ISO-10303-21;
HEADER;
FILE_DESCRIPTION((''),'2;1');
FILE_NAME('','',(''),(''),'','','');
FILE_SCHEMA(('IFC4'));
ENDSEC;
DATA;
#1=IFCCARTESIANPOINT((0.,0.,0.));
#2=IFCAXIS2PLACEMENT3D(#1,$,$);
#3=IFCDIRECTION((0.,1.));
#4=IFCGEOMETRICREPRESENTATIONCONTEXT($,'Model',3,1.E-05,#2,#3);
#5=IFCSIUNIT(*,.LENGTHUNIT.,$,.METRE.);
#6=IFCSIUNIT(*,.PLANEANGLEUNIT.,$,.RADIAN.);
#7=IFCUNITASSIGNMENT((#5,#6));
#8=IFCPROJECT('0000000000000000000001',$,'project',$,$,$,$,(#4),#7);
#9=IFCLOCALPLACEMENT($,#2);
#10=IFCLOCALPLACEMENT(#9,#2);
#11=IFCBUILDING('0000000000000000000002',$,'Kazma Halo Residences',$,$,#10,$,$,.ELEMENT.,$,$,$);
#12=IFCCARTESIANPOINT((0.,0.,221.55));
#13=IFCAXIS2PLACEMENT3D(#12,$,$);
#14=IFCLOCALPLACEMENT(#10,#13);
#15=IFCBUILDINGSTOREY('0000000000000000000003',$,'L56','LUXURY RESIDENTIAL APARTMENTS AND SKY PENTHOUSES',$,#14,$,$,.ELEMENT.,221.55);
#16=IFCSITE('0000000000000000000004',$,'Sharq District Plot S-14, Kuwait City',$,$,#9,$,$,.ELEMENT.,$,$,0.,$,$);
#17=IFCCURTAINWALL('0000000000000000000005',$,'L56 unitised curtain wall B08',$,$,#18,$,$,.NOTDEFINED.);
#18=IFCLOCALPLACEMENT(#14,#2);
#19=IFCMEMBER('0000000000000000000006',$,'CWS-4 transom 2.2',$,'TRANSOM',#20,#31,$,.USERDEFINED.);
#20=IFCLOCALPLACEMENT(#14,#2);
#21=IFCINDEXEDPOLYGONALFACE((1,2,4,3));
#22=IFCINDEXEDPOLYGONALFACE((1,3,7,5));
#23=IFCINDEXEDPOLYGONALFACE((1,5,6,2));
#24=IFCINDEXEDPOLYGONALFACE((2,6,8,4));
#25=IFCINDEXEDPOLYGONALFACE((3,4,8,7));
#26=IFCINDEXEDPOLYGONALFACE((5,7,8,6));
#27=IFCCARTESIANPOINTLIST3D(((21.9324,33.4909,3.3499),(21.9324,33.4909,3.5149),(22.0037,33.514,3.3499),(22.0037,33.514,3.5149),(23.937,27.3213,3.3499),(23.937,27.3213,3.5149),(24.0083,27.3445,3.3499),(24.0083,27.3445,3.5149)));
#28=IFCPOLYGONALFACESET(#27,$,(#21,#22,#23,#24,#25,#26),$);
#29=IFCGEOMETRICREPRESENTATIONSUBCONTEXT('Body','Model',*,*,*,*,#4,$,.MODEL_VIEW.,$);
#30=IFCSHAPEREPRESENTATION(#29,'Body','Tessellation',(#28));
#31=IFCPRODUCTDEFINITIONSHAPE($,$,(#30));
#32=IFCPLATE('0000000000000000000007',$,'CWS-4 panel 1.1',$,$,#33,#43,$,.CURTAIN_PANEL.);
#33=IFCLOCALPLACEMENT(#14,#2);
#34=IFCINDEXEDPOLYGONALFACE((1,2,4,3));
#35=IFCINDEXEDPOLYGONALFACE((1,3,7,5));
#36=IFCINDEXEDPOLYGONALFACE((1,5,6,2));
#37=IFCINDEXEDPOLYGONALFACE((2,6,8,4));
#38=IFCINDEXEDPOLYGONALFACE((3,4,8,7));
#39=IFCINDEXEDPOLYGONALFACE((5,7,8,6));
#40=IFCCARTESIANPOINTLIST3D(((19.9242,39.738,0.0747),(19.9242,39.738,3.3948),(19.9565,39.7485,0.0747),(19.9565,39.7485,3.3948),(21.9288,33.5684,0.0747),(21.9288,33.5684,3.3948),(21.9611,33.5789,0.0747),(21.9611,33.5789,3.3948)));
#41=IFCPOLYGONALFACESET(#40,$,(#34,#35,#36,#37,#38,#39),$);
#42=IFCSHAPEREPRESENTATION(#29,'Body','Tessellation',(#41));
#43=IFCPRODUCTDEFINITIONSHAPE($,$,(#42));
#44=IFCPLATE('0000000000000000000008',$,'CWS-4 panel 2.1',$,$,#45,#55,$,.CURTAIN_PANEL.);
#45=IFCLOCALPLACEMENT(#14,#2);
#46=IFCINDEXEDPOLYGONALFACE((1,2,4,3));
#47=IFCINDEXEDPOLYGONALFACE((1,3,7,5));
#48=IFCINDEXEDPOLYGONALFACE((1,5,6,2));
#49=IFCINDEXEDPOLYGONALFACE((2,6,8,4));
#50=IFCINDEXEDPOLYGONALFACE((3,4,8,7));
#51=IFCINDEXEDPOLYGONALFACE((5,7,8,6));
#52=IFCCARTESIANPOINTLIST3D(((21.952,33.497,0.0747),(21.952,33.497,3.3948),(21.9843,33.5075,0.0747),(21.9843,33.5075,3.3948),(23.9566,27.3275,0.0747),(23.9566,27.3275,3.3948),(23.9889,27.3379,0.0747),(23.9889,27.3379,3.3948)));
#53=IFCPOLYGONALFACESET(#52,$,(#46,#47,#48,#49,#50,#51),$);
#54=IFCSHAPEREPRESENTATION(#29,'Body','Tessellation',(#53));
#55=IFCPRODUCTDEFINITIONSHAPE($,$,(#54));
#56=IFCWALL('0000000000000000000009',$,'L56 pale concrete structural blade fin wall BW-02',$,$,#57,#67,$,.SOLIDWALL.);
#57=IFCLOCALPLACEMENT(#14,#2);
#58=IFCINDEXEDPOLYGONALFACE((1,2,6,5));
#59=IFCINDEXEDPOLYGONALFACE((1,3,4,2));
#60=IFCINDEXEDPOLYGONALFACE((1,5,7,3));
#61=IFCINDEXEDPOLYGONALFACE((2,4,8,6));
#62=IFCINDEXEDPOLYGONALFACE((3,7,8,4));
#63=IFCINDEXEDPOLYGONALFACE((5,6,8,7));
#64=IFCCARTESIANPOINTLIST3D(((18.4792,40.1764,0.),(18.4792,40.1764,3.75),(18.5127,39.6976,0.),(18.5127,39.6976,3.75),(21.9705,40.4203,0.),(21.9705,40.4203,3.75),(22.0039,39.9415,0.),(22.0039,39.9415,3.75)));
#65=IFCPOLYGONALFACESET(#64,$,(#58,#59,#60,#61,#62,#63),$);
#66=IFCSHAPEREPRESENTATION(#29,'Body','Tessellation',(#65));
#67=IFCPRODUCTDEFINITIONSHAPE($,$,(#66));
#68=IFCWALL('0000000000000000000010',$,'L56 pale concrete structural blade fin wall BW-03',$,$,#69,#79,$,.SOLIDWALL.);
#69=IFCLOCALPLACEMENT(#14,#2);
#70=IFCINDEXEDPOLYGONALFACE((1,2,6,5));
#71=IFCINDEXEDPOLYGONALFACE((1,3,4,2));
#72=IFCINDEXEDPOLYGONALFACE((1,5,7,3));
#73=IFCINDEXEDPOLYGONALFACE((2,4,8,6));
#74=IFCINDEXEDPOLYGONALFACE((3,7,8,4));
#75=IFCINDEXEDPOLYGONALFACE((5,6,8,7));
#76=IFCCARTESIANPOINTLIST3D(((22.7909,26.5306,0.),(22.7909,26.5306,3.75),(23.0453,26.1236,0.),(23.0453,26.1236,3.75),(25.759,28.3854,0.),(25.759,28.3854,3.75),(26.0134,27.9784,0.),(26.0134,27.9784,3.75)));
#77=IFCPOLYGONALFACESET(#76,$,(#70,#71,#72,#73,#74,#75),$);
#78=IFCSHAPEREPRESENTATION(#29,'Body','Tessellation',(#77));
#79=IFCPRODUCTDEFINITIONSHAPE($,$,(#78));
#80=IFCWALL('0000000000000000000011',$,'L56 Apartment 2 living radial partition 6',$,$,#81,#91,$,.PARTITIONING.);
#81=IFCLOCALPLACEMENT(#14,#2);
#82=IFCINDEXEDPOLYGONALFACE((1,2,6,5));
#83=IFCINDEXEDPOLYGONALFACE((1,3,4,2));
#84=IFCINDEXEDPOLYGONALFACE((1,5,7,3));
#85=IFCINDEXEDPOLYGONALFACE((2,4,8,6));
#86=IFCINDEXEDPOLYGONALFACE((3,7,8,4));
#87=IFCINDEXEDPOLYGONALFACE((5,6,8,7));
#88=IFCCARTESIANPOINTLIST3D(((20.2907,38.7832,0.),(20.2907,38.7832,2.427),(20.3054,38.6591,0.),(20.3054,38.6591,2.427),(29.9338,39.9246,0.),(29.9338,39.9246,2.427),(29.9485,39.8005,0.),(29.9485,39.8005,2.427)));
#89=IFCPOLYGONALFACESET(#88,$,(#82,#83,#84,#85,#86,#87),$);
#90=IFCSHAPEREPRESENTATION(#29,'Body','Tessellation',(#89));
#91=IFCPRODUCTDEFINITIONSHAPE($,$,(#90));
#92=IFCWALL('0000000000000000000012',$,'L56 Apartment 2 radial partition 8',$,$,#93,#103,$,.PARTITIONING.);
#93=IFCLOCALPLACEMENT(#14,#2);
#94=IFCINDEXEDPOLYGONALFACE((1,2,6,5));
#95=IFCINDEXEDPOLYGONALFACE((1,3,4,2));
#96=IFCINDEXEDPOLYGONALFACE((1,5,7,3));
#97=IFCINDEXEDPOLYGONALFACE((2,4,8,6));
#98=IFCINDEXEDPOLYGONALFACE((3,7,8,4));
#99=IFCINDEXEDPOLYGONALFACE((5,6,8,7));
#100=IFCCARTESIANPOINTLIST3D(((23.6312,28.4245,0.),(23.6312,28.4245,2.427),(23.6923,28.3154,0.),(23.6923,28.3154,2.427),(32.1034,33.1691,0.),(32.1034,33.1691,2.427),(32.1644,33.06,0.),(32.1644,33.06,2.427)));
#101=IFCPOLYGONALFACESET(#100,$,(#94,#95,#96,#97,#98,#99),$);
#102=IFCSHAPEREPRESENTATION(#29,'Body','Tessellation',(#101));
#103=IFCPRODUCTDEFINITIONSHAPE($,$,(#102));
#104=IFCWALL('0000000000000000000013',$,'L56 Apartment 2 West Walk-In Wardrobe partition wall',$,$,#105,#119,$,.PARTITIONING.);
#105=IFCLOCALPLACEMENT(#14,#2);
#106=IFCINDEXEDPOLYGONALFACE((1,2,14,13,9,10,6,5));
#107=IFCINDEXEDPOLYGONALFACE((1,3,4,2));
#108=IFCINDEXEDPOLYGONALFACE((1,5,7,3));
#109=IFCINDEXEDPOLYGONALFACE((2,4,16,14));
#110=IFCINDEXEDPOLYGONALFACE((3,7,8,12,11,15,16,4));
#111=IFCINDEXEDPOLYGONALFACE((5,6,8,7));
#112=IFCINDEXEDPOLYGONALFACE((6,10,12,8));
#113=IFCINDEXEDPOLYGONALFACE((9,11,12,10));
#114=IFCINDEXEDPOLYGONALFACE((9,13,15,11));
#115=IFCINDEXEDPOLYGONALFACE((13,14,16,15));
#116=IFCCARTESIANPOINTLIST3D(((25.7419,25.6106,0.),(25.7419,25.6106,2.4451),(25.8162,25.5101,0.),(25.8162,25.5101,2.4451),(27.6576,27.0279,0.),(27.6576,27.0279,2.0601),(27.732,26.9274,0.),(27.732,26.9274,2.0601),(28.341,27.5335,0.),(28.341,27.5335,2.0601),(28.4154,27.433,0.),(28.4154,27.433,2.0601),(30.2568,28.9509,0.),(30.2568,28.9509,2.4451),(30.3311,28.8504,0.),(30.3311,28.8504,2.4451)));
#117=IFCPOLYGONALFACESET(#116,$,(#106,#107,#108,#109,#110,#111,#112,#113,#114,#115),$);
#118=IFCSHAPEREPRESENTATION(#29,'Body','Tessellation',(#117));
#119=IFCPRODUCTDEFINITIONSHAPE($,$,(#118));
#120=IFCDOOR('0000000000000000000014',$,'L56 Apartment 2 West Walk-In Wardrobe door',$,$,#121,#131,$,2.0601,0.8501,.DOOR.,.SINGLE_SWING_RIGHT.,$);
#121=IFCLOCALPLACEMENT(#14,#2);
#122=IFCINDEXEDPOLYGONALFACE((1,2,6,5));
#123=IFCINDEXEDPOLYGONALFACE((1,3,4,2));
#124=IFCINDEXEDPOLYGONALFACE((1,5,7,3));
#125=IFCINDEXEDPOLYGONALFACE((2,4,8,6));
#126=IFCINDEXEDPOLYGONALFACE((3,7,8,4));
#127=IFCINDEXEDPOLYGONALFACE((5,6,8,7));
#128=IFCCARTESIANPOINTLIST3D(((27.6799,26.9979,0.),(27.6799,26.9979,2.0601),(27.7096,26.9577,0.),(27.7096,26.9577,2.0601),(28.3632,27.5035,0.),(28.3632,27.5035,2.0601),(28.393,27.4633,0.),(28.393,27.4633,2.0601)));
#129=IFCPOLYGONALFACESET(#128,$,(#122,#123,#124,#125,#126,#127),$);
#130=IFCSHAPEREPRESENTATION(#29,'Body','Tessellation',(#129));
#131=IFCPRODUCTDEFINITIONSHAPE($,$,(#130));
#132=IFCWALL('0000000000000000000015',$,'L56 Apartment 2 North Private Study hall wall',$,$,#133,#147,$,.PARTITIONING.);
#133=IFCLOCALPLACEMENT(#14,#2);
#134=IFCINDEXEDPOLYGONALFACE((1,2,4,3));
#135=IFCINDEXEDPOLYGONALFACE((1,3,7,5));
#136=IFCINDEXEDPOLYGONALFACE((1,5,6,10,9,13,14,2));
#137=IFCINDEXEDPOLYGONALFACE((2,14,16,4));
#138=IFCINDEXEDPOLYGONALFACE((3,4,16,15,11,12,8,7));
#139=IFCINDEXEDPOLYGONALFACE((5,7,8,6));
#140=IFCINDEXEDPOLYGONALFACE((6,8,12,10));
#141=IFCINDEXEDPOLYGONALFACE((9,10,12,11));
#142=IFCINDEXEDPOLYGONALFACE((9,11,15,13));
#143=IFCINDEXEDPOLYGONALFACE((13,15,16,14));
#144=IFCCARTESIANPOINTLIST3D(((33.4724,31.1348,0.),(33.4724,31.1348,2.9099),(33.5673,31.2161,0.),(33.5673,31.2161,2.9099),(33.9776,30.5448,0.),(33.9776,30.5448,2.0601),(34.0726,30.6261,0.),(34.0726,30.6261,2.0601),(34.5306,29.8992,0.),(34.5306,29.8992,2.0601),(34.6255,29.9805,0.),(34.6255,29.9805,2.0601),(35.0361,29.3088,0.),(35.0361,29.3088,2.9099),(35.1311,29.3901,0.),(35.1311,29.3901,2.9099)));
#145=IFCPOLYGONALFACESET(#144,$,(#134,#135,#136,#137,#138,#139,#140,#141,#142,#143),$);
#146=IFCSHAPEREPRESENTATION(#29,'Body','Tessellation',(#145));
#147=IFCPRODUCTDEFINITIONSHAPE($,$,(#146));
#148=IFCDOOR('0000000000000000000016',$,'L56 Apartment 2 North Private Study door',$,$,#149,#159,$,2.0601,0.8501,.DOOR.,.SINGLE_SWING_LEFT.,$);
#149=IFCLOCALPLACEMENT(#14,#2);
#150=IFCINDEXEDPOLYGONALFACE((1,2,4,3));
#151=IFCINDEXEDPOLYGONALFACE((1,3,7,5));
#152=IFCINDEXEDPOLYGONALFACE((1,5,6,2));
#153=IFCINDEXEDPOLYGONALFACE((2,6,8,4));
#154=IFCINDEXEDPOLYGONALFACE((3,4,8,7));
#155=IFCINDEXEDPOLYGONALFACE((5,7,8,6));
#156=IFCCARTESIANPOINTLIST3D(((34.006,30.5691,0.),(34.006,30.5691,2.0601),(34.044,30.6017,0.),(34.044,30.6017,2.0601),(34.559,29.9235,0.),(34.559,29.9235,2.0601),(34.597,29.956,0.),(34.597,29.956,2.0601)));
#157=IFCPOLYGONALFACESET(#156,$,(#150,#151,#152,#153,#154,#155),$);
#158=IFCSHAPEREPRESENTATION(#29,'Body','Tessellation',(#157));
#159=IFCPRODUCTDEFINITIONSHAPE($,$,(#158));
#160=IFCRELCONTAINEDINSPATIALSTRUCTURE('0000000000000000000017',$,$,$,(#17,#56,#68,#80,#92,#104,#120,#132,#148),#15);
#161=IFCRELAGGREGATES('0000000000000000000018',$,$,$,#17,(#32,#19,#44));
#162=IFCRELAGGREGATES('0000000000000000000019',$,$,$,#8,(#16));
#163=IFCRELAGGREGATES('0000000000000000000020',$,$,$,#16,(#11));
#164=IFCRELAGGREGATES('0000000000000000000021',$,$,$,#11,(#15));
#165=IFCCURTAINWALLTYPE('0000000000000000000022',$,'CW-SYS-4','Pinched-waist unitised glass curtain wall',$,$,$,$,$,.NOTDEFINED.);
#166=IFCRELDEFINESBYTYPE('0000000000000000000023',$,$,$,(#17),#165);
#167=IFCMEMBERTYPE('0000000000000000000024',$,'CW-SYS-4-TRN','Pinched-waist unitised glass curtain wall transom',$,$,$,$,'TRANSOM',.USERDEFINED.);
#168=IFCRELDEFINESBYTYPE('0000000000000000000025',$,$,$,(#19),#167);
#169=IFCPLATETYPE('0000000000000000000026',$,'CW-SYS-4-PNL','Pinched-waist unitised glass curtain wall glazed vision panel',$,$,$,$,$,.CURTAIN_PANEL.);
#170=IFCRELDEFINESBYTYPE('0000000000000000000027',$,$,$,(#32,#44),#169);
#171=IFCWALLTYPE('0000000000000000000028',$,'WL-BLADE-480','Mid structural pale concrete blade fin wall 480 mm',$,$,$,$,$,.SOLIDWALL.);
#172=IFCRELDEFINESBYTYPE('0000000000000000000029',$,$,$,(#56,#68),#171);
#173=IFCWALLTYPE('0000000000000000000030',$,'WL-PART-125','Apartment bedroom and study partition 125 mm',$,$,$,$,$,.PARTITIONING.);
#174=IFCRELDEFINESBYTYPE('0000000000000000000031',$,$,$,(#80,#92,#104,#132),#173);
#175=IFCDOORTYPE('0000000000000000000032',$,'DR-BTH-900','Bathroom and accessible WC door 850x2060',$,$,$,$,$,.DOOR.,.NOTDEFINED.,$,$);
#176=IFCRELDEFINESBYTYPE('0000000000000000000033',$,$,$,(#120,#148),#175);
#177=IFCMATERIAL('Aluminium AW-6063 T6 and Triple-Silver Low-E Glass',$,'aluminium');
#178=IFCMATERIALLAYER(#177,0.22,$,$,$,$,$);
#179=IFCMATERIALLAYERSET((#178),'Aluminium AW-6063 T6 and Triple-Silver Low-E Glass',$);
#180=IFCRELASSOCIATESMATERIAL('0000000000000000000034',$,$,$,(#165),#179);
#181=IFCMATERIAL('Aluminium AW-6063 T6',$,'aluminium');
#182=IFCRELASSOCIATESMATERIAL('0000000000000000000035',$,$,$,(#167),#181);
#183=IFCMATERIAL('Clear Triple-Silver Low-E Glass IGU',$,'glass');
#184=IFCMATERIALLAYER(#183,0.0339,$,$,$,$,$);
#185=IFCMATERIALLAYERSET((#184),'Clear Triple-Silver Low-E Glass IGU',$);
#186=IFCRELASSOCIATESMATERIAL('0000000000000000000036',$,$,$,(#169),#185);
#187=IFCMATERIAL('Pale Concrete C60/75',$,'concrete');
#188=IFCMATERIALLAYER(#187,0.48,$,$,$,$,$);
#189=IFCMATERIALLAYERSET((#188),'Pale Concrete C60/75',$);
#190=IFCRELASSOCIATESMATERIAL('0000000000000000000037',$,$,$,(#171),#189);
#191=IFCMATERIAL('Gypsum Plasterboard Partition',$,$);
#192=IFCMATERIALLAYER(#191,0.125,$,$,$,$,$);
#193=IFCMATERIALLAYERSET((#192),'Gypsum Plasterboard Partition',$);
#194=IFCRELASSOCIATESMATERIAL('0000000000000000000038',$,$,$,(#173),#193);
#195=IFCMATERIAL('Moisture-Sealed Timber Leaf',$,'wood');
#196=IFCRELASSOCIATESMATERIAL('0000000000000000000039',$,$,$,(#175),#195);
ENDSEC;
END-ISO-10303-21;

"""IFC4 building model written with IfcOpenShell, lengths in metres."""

from ifc_helpers import new_model, si_unit, direction, frame, frame_2d, origin, origin_2d, place, context, subcontext, project, spatial, rectangle, extrude, material, layer, layer_set, material_profile, profile_set, type_object, element, fill, aggregate, save


model = new_model("IFC4")

# Units and contexts
model_context = context("Model", 3, precision=1e-05, world=origin(), true_north=direction((0.0, 1.0)))
body_context = subcontext(model_context, "Body", "Model", "MODEL_VIEW")
ifc_project = project(units=[si_unit("LENGTHUNIT", "METRE"), si_unit("PLANEANGLEUNIT", "RADIAN")], contexts=[model_context])

# Site, building, storey
site_placement = place(None, origin())
site = spatial("IfcSite", under=ifc_project, at=site_placement, Name="Sharq District Plot S-14, Kuwait City", CompositionType="ELEMENT", RefElevation=0.0)
building_placement = place(site_placement, origin())
building = spatial("IfcBuilding", under=site, at=building_placement, Name="Kazma Halo Residences", CompositionType="ELEMENT")
storey_placement = place(building_placement, frame((0.0, 0.0, 221.55)))
storey = spatial("IfcBuildingStorey", under=building, at=storey_placement, Name="L56", Description="LUXURY RESIDENTIAL APARTMENTS AND SKY PENTHOUSES", CompositionType="ELEMENT", Elevation=221.55)

# Shared definitions
ifc_material_1 = material(Name="Aluminium AW-6063 T6 and Triple-Silver Low-E Glass", Category="aluminium")
ifc_layer_1 = layer(ifc_material_1, 0.22)
ifc_layer_set_1 = layer_set([ifc_layer_1], Name="Aluminium AW-6063 T6 and Triple-Silver Low-E Glass")
curtain_wall_type = type_object("IfcCurtainWallType", Name="CW-SYS-4", Description="Pinched-waist unitised glass curtain wall", PredefinedType="NOTDEFINED", material=ifc_layer_set_1)
ifc_material_2 = material(Name="Aluminium AW-6063 T6", Category="aluminium")

# Curtain wall, member, plates
curtain_wall_1_placement = place(storey_placement, origin())
curtain_wall_1 = element("IfcCurtainWall", 1, at=curtain_wall_1_placement, inside=storey, type_object=curtain_wall_type, Name="L56 unitised curtain wall B08", PredefinedType="NOTDEFINED")
ifc_material_profile_1 = material_profile(ifc_material_2, rectangle(XDim=0.075, YDim=0.165, at=origin_2d()), Name="CWT-75x165")
ifc_profile_set_1 = profile_set([ifc_material_profile_1], Name="Aluminium AW-6063 T6")
member_type_1 = type_object("IfcMemberType", Name="CW-SYS-4-TRN", Description="Pinched-waist unitised glass curtain wall transom", ElementType="TRANSOM", PredefinedType="USERDEFINED", material=ifc_profile_set_1)
member_1_placement = place(storey_placement, frame((21.968, 33.5024, 3.4324), z_axis=(0.309015, -0.951057, 0.0), x_axis=(0.951057, 0.309015, 0.0)))
member_1 = element("IfcMember", 2, at=member_1_placement, type_object=member_type_1, Name="CWS-4 transom 2.2", ObjectType="TRANSOM", PredefinedType="USERDEFINED", context=body_context, shape_type="SweptSolid", body=[
    extrude(rectangle(XDim=0.075, YDim=0.165, at=origin_2d()), origin(), (0.0, 0.0, 1.0), 6.4871),
])
ifc_material_3 = material(Name="Clear Triple-Silver Low-E Glass IGU", Category="glass")
ifc_layer_2 = layer(ifc_material_3, 0.0339)
ifc_layer_set_2 = layer_set([ifc_layer_2], Name="Clear Triple-Silver Low-E Glass IGU")
plate_type = type_object("IfcPlateType", Name="CW-SYS-4-PNL", Description="Pinched-waist unitised glass curtain wall glazed vision panel", PredefinedType="CURTAIN_PANEL", material=ifc_layer_set_2)
plate_1_placement = place(storey_placement, frame((20.9426, 36.6584, 0.0747), z_axis=(0.0, 0.0, 1.0), x_axis=(0.309016, -0.951057, 0.0)))
plate_1 = element("IfcPlate", 3, at=plate_1_placement, type_object=plate_type, Name="CWS-4 panel 1.1", PredefinedType="CURTAIN_PANEL", context=body_context, shape_type="SweptSolid", body=[
    extrude(rectangle(XDim=6.4871, YDim=0.0339, at=origin_2d()), origin(), (0.0, 0.0, 1.0), 3.3201),
])
plate_2_placement = place(storey_placement, frame((22.9705, 30.4175, 0.0747), z_axis=(0.0, 0.0, 1.0), x_axis=(0.309016, -0.951057, 0.0)))
plate_2 = element("IfcPlate", 4, at=plate_2_placement, type_object=plate_type, Name="CWS-4 panel 2.1", PredefinedType="CURTAIN_PANEL", context=body_context, shape_type="SweptSolid", body=[
    extrude(rectangle(XDim=6.4871, YDim=0.0339, at=origin_2d()), origin(), (0.0, 0.0, 1.0), 3.3201),
])
aggregate(curtain_wall_1, [plate_1, member_1, plate_2])

# Walls
ifc_material_4 = material(Name="Pale Concrete C60/75", Category="concrete")
ifc_layer_3 = layer(ifc_material_4, 0.48)
ifc_layer_set_3 = layer_set([ifc_layer_3], Name="Pale Concrete C60/75")
wall_type_1 = type_object("IfcWallType", Name="WL-BLADE-480", Description="Mid structural pale concrete blade fin wall 480 mm", PredefinedType="SOLIDWALL", material=ifc_layer_set_3)
wall_1_placement = place(storey_placement, frame((21.9873, 40.1809, 0.0), z_axis=(0.0, 0.0, 1.0), x_axis=(-0.997569, -0.06969, 0.0)))
element("IfcWall", 5, at=wall_1_placement, inside=storey, type_object=wall_type_1, Name="L56 pale concrete structural blade fin wall BW-02", PredefinedType="SOLIDWALL", context=body_context, shape_type="SweptSolid", body=[
    extrude(rectangle(XDim=3.4998, YDim=0.48, at=frame_2d((1.75, 0.0))), origin(), (0.0, 0.0, 1.0), 3.75),
])
wall_2_placement = place(storey_placement, frame((25.8862, 28.1819, 0.0), z_axis=(0.0, 0.0, 1.0), x_axis=(-0.848034, -0.529943, 0.0)))
element("IfcWall", 6, at=wall_2_placement, inside=storey, type_object=wall_type_1, Name="L56 pale concrete structural blade fin wall BW-03", PredefinedType="SOLIDWALL", context=body_context, shape_type="SweptSolid", body=[
    extrude(rectangle(XDim=3.5, YDim=0.48, at=frame_2d((1.75, 0.0))), origin(), (0.0, 0.0, 1.0), 3.75),
])
ifc_material_5 = material(Name="Gypsum Plasterboard Partition")
ifc_layer_4 = layer(ifc_material_5, 0.125)
ifc_layer_set_4 = layer_set([ifc_layer_4], Name="Gypsum Plasterboard Partition")
wall_type_2 = type_object("IfcWallType", Name="WL-PART-125", Description="Apartment bedroom and study partition 125 mm", PredefinedType="PARTITIONING", material=ifc_layer_set_4)
wall_3_placement = place(storey_placement, frame((29.9412, 39.8625, 0.0), z_axis=(0.0, 0.0, 1.0), x_axis=(-0.993068, -0.11754, 0.0)))
element("IfcWall", 7, at=wall_3_placement, inside=storey, type_object=wall_type_2, Name="L56 Apartment 2 living radial partition 6", PredefinedType="PARTITIONING", context=body_context, shape_type="SweptSolid", body=[
    extrude(rectangle(XDim=9.7104, YDim=0.125, at=frame_2d((4.8552, 0.0))), origin(), (0.0, 0.0, 1.0), 2.427),
])
wall_4_placement = place(storey_placement, frame((32.1338, 33.1145, 0.0), z_axis=(0.0, 0.0, 1.0), x_axis=(-0.872497, -0.48862, 0.0)))
element("IfcWall", 8, at=wall_4_placement, inside=storey, type_object=wall_type_2, Name="L56 Apartment 2 radial partition 8", PredefinedType="PARTITIONING", context=body_context, shape_type="SweptSolid", body=[
    extrude(rectangle(XDim=9.7102, YDim=0.125, at=frame_2d((4.855, 0.0))), origin(), (0.0, 0.0, 1.0), 2.427),
])

# Walls, openings, doors
wall_5_placement = place(storey_placement, frame((30.2939, 28.9006, 0.0), z_axis=(0.0, 0.0, 1.0), x_axis=(-0.803901, -0.594764, 0.0)))
wall_5 = element("IfcWall", 9, at=wall_5_placement, inside=storey, type_object=wall_type_2, Name="L56 Apartment 2 West Walk-In Wardrobe partition wall", PredefinedType="PARTITIONING", context=body_context, shape_type="SweptSolid", body=[
    extrude(rectangle(XDim=5.6162, YDim=0.125, at=frame_2d((2.8081, 0.0))), origin(), (0.0, 0.0, 1.0), 2.4451),
])
opening_1_placement = place(wall_5_placement, frame((2.3831, 0.0, 0.0)))
opening_1 = element("IfcOpeningElement", 10, at=opening_1_placement, cuts=wall_5, PredefinedType="OPENING", context=body_context, shape_type="SweptSolid", body=[
    extrude(rectangle(XDim=0.8501, YDim=2.0601, at=frame_2d((0.425, 1.03))), frame((0.0, 0.0725, 0.0), z_axis=(0.0, -1.0, 0.0), x_axis=(1.0, 0.0, 0.0)), (0.0, 0.0, 1.0), 0.145),
])
ifc_material_6 = material(Name="Moisture-Sealed Timber Leaf", Category="wood")
door_type = type_object("IfcDoorType", Name="DR-BTH-900", Description="Bathroom and accessible WC door 850x2060", OperationType="NOTDEFINED", PredefinedType="DOOR", material=ifc_material_6)
door_1_placement = place(opening_1_placement, origin())
door_1 = element("IfcDoor", 11, at=door_1_placement, inside=storey, type_object=door_type, Name="L56 Apartment 2 West Walk-In Wardrobe door", OperationType="SINGLE_SWING_RIGHT", OverallHeight=2.0601, OverallWidth=0.8501, PredefinedType="DOOR", context=body_context, shape_type="SweptSolid", body=[
    extrude(rectangle(XDim=0.8501, YDim=2.0601, at=frame_2d((0.425, 1.03))), frame((0.0, 0.0249, 0.0), z_axis=(0.0, -1.0, 0.0), x_axis=(1.0, 0.0, 0.0)), (0.0, 0.0, 1.0), 0.05),
])
fill(opening_1, door_1)
wall_6_placement = place(storey_placement, frame((33.5198, 31.1755, 0.0), z_axis=(0.0, 0.0, 1.0), x_axis=(0.650465, -0.759536, 0.0)))
wall_6 = element("IfcWall", 12, at=wall_6_placement, inside=storey, type_object=wall_type_2, Name="L56 Apartment 2 North Private Study hall wall", PredefinedType="PARTITIONING", context=body_context, shape_type="SweptSolid", body=[
    extrude(rectangle(XDim=2.4041, YDim=0.125, at=frame_2d((1.2021, 0.0))), origin(), (0.0, 0.0, 1.0), 2.9099),
])
opening_2_placement = place(wall_6_placement, frame((0.7769, 0.0, 0.0)))
opening_2 = element("IfcOpeningElement", 13, at=opening_2_placement, cuts=wall_6, PredefinedType="OPENING", context=body_context, shape_type="SweptSolid", body=[
    extrude(rectangle(XDim=0.8501, YDim=2.0601, at=frame_2d((0.425, 1.03))), frame((0.0, 0.0725, 0.0), z_axis=(0.0, -1.0, 0.0), x_axis=(1.0, 0.0, 0.0)), (0.0, 0.0, 1.0), 0.145),
])
door_2_placement = place(opening_2_placement, origin())
door_2 = element("IfcDoor", 14, at=door_2_placement, inside=storey, type_object=door_type, Name="L56 Apartment 2 North Private Study door", OperationType="SINGLE_SWING_LEFT", OverallHeight=2.0601, OverallWidth=0.8501, PredefinedType="DOOR", context=body_context, shape_type="SweptSolid", body=[
    extrude(rectangle(XDim=0.8501, YDim=2.0601, at=frame_2d((0.425, 1.03))), frame((0.0, 0.0249, 0.0), z_axis=(0.0, -1.0, 0.0), x_axis=(1.0, 0.0, 0.0)), (0.0, 0.0, 1.0), 0.05),
])
fill(opening_2, door_2)

save(model, "model.ifc")
